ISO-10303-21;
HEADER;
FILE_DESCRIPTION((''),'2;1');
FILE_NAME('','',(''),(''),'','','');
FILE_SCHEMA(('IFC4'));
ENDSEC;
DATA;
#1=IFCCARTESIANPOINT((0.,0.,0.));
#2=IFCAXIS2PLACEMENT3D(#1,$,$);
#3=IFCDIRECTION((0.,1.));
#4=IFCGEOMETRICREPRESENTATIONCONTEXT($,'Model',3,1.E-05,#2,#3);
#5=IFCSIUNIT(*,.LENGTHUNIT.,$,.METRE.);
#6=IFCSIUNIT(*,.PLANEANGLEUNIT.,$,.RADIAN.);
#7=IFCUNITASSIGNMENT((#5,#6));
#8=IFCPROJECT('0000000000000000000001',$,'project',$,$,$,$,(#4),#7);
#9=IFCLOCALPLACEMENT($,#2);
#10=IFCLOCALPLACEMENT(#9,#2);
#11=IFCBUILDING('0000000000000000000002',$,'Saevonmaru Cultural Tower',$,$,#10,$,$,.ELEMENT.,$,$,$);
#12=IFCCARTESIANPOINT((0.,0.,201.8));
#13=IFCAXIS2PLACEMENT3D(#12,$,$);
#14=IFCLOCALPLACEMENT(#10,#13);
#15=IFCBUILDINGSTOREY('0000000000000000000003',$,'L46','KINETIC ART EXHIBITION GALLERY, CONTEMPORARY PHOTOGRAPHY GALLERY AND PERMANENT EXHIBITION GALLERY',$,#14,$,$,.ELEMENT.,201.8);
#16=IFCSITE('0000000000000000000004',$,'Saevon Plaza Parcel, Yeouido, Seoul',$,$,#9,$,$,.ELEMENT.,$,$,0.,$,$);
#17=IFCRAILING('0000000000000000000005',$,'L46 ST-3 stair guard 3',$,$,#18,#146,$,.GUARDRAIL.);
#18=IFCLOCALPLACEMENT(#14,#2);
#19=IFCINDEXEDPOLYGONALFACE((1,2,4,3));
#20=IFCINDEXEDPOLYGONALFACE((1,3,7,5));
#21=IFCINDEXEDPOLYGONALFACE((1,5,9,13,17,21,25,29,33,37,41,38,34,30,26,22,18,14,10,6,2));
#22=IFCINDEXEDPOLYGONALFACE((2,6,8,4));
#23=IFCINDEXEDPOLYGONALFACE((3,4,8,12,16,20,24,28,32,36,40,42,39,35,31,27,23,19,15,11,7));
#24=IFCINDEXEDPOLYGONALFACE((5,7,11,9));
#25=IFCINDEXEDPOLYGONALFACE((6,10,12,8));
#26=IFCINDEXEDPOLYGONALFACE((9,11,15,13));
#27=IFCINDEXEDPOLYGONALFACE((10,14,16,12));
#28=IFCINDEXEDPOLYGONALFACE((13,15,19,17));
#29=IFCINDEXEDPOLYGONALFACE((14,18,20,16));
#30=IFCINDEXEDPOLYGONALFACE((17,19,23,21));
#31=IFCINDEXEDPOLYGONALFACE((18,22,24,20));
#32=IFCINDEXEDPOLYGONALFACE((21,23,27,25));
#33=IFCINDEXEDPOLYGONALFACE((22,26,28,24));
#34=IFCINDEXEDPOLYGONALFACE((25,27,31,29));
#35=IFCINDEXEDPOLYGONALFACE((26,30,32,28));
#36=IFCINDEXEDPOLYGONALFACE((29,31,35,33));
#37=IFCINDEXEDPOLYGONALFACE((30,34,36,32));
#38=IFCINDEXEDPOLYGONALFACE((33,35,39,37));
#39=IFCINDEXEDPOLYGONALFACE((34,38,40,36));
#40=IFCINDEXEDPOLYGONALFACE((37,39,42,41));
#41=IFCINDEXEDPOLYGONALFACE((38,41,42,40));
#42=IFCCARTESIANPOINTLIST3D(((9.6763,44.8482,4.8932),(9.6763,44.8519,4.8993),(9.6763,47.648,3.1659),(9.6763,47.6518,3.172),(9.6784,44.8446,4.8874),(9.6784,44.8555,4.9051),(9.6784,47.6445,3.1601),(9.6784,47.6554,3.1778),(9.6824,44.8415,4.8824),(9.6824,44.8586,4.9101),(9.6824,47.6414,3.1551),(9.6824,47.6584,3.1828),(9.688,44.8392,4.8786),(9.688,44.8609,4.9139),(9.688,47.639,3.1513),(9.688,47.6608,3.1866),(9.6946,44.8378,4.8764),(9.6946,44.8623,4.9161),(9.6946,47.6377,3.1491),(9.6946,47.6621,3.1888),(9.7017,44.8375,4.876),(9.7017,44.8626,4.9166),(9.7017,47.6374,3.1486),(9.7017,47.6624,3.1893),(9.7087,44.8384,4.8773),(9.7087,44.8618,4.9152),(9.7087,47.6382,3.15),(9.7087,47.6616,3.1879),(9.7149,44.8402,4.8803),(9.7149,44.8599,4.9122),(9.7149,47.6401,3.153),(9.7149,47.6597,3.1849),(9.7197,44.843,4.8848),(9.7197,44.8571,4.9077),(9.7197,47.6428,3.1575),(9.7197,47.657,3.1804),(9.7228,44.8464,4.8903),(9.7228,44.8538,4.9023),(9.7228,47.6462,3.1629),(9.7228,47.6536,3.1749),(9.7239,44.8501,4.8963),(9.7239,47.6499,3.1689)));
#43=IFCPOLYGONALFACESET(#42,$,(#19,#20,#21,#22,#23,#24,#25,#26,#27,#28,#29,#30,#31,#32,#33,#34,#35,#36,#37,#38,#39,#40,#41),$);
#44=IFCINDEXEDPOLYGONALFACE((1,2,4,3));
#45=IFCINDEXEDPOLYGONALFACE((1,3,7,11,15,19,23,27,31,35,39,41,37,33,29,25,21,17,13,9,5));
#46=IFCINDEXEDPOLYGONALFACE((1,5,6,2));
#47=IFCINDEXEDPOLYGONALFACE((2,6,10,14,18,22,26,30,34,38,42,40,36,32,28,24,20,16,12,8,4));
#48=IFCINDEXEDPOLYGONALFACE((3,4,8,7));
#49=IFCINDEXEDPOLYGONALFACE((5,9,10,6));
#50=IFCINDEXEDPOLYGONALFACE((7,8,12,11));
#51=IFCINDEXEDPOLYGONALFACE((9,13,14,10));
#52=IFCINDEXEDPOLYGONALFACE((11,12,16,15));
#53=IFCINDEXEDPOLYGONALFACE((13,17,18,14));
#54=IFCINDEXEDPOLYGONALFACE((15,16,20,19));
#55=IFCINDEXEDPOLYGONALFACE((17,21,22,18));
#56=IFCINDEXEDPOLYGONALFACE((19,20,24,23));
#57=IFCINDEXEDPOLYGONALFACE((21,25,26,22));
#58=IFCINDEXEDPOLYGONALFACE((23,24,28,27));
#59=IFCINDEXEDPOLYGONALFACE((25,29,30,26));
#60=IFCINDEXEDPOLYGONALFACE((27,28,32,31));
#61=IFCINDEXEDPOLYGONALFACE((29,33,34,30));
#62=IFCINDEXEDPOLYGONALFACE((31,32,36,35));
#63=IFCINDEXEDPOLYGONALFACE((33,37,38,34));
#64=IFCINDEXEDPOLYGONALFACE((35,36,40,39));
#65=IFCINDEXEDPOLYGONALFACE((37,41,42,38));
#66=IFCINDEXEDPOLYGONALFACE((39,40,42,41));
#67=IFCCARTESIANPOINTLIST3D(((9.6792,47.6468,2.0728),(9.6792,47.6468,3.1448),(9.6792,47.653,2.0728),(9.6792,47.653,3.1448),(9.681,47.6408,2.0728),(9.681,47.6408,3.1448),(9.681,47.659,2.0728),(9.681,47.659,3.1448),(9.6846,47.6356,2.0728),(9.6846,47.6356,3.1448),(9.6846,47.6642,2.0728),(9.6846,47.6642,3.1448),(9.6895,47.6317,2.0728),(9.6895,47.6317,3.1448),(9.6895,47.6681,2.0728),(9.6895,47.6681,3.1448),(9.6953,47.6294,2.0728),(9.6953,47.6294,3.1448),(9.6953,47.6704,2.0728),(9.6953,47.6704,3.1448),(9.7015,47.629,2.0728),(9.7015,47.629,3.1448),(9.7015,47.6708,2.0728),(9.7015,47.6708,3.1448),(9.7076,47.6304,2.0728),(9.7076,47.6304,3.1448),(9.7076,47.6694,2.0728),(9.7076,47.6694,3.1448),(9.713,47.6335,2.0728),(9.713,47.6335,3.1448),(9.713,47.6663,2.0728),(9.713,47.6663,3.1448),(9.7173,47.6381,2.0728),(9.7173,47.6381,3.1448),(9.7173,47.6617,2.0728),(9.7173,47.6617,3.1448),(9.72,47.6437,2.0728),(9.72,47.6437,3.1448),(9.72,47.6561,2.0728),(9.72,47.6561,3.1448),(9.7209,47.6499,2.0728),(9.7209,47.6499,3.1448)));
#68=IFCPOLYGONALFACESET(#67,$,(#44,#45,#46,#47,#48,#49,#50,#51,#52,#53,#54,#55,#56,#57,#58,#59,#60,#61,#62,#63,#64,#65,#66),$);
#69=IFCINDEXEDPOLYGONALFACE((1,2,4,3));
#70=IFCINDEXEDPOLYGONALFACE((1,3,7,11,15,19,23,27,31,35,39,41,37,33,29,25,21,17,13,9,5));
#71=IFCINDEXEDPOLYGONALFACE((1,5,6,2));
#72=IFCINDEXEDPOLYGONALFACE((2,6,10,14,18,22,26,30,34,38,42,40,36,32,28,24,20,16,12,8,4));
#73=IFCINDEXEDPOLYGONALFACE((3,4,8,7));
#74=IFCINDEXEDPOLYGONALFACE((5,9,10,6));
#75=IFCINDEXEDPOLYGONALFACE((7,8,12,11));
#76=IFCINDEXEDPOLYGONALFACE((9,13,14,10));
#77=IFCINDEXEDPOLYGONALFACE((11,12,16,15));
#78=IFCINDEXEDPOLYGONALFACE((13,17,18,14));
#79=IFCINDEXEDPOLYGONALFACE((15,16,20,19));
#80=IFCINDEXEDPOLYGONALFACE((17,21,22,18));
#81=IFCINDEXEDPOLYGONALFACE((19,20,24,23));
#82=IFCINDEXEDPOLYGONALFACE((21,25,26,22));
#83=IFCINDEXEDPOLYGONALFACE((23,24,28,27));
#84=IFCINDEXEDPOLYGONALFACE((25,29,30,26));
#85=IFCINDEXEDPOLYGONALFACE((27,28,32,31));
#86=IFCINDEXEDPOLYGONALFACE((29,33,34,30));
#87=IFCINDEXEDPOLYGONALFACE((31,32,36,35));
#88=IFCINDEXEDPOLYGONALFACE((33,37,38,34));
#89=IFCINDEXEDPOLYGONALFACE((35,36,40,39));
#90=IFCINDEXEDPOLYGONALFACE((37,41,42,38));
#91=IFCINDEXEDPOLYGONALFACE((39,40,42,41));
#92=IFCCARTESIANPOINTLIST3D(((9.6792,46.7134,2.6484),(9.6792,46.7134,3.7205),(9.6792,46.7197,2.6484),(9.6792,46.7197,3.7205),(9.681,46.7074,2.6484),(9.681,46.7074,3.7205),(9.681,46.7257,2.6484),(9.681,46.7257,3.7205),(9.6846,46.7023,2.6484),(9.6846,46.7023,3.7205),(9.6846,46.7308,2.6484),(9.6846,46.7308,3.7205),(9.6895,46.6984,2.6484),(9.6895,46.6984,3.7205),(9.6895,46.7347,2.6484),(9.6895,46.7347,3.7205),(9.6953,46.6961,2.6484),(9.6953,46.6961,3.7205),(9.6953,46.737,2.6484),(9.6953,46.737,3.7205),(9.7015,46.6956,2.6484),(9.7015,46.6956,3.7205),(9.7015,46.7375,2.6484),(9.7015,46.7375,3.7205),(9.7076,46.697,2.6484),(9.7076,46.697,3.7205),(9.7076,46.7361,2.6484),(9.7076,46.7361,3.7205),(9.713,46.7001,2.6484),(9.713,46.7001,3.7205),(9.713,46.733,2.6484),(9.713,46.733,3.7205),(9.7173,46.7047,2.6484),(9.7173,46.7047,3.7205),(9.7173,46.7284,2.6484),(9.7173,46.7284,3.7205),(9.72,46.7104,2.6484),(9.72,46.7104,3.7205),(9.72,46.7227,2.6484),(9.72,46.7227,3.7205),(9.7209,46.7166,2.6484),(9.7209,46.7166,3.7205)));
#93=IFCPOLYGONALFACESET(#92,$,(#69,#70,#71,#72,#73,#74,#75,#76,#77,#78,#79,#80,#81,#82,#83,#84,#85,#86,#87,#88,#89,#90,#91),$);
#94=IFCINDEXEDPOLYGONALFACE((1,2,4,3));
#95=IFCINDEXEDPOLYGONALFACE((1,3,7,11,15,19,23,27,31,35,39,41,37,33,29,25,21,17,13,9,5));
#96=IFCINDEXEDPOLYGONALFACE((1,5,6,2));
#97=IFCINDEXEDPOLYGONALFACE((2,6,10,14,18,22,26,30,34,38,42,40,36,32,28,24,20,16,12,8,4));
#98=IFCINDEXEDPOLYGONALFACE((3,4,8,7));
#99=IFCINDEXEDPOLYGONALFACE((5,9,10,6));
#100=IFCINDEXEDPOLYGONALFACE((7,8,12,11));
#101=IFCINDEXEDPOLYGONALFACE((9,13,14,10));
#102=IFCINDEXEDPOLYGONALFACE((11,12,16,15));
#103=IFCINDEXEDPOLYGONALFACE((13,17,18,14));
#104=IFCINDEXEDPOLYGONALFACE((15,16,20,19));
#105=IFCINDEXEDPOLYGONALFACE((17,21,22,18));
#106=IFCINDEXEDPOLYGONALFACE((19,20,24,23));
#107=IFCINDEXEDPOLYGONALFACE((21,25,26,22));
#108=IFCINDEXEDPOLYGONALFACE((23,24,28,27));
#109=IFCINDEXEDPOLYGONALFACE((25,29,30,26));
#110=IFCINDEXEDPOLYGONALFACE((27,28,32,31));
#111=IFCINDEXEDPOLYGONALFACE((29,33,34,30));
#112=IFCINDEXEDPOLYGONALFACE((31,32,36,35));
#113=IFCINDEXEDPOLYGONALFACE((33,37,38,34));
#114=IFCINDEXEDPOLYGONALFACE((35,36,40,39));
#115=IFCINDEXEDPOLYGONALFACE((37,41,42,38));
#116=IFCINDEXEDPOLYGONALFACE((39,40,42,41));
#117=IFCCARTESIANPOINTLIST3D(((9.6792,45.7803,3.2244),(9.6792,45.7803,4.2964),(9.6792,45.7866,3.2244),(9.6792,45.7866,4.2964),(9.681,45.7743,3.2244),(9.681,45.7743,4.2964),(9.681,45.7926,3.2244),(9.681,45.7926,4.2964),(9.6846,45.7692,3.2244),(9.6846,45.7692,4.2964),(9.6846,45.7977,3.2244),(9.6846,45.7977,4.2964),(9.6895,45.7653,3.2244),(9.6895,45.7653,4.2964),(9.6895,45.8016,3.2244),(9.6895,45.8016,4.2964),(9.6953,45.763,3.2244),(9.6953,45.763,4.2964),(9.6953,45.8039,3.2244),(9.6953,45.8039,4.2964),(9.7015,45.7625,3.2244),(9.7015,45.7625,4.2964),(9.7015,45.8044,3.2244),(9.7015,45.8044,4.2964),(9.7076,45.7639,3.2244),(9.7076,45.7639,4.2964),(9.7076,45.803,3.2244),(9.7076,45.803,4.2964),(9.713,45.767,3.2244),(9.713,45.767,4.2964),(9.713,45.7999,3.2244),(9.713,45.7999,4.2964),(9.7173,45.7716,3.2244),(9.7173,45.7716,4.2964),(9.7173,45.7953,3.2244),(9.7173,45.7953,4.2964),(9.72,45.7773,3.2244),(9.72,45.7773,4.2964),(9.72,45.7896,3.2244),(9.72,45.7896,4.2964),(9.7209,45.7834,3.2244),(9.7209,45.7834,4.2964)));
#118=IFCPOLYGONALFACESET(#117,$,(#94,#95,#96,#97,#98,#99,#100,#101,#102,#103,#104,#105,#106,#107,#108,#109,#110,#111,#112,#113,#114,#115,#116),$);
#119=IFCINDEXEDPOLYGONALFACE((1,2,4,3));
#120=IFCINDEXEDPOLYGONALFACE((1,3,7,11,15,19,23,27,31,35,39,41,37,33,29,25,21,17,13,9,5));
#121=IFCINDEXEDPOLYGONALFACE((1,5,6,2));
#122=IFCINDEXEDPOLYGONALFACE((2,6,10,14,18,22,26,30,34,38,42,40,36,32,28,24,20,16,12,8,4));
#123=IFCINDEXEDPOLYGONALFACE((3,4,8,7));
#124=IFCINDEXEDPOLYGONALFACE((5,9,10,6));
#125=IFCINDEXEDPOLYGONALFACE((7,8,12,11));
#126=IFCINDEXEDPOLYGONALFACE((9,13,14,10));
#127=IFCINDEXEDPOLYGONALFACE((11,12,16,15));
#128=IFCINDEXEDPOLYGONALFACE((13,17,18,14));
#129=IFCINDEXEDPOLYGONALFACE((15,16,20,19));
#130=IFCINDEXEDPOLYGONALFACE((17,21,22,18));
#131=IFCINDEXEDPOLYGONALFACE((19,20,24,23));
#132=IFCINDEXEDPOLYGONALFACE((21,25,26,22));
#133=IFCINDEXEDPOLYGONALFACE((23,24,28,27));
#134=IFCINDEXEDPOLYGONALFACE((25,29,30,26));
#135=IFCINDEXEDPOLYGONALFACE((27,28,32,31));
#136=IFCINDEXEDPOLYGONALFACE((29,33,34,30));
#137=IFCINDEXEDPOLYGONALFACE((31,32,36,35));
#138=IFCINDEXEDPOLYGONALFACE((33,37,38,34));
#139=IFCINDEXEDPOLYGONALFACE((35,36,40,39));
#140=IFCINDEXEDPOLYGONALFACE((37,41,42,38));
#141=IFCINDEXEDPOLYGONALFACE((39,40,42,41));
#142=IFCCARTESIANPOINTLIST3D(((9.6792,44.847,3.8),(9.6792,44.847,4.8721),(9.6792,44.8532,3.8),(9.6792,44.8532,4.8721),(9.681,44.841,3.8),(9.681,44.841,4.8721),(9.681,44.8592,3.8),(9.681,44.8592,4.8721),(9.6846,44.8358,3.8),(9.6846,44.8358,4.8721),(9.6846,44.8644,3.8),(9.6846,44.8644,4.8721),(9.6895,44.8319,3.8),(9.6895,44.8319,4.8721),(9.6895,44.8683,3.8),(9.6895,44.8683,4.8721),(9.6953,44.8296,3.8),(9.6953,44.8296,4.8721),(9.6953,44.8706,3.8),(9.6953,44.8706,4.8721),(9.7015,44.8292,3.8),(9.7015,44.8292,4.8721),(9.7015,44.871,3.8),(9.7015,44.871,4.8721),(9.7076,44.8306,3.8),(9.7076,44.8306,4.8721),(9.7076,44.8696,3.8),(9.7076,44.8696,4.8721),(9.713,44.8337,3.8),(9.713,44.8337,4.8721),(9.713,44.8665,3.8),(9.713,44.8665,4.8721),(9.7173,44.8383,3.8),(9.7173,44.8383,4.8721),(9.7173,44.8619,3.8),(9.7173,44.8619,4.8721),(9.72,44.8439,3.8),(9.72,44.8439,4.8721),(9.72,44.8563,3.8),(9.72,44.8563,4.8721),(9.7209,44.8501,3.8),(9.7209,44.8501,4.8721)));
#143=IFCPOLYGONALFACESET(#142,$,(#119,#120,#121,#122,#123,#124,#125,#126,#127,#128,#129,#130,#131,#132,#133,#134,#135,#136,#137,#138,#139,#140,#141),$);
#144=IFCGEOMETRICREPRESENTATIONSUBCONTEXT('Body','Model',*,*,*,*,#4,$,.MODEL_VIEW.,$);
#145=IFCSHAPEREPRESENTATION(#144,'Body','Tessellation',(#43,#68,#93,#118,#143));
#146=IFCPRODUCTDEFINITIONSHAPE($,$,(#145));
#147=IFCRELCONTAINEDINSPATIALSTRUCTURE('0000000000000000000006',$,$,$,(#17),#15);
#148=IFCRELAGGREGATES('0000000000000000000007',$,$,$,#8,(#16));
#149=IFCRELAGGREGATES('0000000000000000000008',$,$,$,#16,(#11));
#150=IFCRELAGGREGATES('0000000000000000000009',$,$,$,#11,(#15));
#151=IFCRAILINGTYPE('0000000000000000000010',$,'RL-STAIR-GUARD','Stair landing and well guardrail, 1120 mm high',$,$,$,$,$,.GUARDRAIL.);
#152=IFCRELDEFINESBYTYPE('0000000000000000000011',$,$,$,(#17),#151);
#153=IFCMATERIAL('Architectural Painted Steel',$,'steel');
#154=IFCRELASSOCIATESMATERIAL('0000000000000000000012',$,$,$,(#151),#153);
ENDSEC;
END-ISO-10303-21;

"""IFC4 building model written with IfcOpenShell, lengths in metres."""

from ifc_helpers import new_model, si_unit, direction, frame, origin, origin_2d, place, context, subcontext, project, spatial, circle, extrude, material, type_object, element, save


model = new_model("IFC4")

# Units and contexts
model_context = context("Model", 3, precision=1e-05, world=origin(), true_north=direction((0.0, 1.0)))
body_context = subcontext(model_context, "Body", "Model", "MODEL_VIEW")
ifc_project = project(units=[si_unit("LENGTHUNIT", "METRE"), si_unit("PLANEANGLEUNIT", "RADIAN")], contexts=[model_context])

# Site, building, storey
site_placement = place(None, origin())
site = spatial("IfcSite", under=ifc_project, at=site_placement, Name="Saevon Plaza Parcel, Yeouido, Seoul", CompositionType="ELEMENT", RefElevation=0.0)
building_placement = place(site_placement, origin())
building = spatial("IfcBuilding", under=site, at=building_placement, Name="Saevonmaru Cultural Tower", CompositionType="ELEMENT")
storey_placement = place(building_placement, frame((0.0, 0.0, 201.8)))
storey = spatial("IfcBuildingStorey", under=building, at=storey_placement, Name="L46", Description="KINETIC ART EXHIBITION GALLERY, CONTEMPORARY PHOTOGRAPHY GALLERY AND PERMANENT EXHIBITION GALLERY", CompositionType="ELEMENT", Elevation=201.8)

# Railing
ifc_material_1 = material(Name="Architectural Painted Steel", Category="steel")
railing_type_1 = type_object("IfcRailingType", Name="RL-STAIR-GUARD", Description="Stair landing and well guardrail, 1120 mm high", PredefinedType="GUARDRAIL", material=ifc_material_1)
railing_1_placement = place(storey_placement, frame((9.7, 47.6499, 2.0728)))
element("IfcRailing", 1, at=railing_1_placement, inside=storey, type_object=railing_type_1, Name="L46 ST-3 stair guard 3", PredefinedType="GUARDRAIL", context=body_context, shape_type="SweptSolid", body=[
    extrude(circle(Radius=0.0239, at=origin_2d()), frame((0.0, 0.0, 1.0962), z_axis=(0.0, -0.851069, 0.525054), x_axis=(1.0, 0.0, 0.0)), (0.0, 0.0, 1.0), 3.2898),
    extrude(circle(Radius=0.021, at=origin_2d()), origin(), (0.0, 0.0, 1.0), 1.072),
    extrude(circle(Radius=0.021, at=origin_2d()), frame((0.0, -0.9333, 0.5757)), (0.0, 0.0, 1.0), 1.072),
    extrude(circle(Radius=0.021, at=origin_2d()), frame((0.0, -1.8665, 1.1516)), (0.0, 0.0, 1.0), 1.072),
    extrude(circle(Radius=0.021, at=origin_2d()), frame((0.0, -2.7998, 1.7273)), (0.0, 0.0, 1.0), 1.072),
])

save(model, "model.ifc")
